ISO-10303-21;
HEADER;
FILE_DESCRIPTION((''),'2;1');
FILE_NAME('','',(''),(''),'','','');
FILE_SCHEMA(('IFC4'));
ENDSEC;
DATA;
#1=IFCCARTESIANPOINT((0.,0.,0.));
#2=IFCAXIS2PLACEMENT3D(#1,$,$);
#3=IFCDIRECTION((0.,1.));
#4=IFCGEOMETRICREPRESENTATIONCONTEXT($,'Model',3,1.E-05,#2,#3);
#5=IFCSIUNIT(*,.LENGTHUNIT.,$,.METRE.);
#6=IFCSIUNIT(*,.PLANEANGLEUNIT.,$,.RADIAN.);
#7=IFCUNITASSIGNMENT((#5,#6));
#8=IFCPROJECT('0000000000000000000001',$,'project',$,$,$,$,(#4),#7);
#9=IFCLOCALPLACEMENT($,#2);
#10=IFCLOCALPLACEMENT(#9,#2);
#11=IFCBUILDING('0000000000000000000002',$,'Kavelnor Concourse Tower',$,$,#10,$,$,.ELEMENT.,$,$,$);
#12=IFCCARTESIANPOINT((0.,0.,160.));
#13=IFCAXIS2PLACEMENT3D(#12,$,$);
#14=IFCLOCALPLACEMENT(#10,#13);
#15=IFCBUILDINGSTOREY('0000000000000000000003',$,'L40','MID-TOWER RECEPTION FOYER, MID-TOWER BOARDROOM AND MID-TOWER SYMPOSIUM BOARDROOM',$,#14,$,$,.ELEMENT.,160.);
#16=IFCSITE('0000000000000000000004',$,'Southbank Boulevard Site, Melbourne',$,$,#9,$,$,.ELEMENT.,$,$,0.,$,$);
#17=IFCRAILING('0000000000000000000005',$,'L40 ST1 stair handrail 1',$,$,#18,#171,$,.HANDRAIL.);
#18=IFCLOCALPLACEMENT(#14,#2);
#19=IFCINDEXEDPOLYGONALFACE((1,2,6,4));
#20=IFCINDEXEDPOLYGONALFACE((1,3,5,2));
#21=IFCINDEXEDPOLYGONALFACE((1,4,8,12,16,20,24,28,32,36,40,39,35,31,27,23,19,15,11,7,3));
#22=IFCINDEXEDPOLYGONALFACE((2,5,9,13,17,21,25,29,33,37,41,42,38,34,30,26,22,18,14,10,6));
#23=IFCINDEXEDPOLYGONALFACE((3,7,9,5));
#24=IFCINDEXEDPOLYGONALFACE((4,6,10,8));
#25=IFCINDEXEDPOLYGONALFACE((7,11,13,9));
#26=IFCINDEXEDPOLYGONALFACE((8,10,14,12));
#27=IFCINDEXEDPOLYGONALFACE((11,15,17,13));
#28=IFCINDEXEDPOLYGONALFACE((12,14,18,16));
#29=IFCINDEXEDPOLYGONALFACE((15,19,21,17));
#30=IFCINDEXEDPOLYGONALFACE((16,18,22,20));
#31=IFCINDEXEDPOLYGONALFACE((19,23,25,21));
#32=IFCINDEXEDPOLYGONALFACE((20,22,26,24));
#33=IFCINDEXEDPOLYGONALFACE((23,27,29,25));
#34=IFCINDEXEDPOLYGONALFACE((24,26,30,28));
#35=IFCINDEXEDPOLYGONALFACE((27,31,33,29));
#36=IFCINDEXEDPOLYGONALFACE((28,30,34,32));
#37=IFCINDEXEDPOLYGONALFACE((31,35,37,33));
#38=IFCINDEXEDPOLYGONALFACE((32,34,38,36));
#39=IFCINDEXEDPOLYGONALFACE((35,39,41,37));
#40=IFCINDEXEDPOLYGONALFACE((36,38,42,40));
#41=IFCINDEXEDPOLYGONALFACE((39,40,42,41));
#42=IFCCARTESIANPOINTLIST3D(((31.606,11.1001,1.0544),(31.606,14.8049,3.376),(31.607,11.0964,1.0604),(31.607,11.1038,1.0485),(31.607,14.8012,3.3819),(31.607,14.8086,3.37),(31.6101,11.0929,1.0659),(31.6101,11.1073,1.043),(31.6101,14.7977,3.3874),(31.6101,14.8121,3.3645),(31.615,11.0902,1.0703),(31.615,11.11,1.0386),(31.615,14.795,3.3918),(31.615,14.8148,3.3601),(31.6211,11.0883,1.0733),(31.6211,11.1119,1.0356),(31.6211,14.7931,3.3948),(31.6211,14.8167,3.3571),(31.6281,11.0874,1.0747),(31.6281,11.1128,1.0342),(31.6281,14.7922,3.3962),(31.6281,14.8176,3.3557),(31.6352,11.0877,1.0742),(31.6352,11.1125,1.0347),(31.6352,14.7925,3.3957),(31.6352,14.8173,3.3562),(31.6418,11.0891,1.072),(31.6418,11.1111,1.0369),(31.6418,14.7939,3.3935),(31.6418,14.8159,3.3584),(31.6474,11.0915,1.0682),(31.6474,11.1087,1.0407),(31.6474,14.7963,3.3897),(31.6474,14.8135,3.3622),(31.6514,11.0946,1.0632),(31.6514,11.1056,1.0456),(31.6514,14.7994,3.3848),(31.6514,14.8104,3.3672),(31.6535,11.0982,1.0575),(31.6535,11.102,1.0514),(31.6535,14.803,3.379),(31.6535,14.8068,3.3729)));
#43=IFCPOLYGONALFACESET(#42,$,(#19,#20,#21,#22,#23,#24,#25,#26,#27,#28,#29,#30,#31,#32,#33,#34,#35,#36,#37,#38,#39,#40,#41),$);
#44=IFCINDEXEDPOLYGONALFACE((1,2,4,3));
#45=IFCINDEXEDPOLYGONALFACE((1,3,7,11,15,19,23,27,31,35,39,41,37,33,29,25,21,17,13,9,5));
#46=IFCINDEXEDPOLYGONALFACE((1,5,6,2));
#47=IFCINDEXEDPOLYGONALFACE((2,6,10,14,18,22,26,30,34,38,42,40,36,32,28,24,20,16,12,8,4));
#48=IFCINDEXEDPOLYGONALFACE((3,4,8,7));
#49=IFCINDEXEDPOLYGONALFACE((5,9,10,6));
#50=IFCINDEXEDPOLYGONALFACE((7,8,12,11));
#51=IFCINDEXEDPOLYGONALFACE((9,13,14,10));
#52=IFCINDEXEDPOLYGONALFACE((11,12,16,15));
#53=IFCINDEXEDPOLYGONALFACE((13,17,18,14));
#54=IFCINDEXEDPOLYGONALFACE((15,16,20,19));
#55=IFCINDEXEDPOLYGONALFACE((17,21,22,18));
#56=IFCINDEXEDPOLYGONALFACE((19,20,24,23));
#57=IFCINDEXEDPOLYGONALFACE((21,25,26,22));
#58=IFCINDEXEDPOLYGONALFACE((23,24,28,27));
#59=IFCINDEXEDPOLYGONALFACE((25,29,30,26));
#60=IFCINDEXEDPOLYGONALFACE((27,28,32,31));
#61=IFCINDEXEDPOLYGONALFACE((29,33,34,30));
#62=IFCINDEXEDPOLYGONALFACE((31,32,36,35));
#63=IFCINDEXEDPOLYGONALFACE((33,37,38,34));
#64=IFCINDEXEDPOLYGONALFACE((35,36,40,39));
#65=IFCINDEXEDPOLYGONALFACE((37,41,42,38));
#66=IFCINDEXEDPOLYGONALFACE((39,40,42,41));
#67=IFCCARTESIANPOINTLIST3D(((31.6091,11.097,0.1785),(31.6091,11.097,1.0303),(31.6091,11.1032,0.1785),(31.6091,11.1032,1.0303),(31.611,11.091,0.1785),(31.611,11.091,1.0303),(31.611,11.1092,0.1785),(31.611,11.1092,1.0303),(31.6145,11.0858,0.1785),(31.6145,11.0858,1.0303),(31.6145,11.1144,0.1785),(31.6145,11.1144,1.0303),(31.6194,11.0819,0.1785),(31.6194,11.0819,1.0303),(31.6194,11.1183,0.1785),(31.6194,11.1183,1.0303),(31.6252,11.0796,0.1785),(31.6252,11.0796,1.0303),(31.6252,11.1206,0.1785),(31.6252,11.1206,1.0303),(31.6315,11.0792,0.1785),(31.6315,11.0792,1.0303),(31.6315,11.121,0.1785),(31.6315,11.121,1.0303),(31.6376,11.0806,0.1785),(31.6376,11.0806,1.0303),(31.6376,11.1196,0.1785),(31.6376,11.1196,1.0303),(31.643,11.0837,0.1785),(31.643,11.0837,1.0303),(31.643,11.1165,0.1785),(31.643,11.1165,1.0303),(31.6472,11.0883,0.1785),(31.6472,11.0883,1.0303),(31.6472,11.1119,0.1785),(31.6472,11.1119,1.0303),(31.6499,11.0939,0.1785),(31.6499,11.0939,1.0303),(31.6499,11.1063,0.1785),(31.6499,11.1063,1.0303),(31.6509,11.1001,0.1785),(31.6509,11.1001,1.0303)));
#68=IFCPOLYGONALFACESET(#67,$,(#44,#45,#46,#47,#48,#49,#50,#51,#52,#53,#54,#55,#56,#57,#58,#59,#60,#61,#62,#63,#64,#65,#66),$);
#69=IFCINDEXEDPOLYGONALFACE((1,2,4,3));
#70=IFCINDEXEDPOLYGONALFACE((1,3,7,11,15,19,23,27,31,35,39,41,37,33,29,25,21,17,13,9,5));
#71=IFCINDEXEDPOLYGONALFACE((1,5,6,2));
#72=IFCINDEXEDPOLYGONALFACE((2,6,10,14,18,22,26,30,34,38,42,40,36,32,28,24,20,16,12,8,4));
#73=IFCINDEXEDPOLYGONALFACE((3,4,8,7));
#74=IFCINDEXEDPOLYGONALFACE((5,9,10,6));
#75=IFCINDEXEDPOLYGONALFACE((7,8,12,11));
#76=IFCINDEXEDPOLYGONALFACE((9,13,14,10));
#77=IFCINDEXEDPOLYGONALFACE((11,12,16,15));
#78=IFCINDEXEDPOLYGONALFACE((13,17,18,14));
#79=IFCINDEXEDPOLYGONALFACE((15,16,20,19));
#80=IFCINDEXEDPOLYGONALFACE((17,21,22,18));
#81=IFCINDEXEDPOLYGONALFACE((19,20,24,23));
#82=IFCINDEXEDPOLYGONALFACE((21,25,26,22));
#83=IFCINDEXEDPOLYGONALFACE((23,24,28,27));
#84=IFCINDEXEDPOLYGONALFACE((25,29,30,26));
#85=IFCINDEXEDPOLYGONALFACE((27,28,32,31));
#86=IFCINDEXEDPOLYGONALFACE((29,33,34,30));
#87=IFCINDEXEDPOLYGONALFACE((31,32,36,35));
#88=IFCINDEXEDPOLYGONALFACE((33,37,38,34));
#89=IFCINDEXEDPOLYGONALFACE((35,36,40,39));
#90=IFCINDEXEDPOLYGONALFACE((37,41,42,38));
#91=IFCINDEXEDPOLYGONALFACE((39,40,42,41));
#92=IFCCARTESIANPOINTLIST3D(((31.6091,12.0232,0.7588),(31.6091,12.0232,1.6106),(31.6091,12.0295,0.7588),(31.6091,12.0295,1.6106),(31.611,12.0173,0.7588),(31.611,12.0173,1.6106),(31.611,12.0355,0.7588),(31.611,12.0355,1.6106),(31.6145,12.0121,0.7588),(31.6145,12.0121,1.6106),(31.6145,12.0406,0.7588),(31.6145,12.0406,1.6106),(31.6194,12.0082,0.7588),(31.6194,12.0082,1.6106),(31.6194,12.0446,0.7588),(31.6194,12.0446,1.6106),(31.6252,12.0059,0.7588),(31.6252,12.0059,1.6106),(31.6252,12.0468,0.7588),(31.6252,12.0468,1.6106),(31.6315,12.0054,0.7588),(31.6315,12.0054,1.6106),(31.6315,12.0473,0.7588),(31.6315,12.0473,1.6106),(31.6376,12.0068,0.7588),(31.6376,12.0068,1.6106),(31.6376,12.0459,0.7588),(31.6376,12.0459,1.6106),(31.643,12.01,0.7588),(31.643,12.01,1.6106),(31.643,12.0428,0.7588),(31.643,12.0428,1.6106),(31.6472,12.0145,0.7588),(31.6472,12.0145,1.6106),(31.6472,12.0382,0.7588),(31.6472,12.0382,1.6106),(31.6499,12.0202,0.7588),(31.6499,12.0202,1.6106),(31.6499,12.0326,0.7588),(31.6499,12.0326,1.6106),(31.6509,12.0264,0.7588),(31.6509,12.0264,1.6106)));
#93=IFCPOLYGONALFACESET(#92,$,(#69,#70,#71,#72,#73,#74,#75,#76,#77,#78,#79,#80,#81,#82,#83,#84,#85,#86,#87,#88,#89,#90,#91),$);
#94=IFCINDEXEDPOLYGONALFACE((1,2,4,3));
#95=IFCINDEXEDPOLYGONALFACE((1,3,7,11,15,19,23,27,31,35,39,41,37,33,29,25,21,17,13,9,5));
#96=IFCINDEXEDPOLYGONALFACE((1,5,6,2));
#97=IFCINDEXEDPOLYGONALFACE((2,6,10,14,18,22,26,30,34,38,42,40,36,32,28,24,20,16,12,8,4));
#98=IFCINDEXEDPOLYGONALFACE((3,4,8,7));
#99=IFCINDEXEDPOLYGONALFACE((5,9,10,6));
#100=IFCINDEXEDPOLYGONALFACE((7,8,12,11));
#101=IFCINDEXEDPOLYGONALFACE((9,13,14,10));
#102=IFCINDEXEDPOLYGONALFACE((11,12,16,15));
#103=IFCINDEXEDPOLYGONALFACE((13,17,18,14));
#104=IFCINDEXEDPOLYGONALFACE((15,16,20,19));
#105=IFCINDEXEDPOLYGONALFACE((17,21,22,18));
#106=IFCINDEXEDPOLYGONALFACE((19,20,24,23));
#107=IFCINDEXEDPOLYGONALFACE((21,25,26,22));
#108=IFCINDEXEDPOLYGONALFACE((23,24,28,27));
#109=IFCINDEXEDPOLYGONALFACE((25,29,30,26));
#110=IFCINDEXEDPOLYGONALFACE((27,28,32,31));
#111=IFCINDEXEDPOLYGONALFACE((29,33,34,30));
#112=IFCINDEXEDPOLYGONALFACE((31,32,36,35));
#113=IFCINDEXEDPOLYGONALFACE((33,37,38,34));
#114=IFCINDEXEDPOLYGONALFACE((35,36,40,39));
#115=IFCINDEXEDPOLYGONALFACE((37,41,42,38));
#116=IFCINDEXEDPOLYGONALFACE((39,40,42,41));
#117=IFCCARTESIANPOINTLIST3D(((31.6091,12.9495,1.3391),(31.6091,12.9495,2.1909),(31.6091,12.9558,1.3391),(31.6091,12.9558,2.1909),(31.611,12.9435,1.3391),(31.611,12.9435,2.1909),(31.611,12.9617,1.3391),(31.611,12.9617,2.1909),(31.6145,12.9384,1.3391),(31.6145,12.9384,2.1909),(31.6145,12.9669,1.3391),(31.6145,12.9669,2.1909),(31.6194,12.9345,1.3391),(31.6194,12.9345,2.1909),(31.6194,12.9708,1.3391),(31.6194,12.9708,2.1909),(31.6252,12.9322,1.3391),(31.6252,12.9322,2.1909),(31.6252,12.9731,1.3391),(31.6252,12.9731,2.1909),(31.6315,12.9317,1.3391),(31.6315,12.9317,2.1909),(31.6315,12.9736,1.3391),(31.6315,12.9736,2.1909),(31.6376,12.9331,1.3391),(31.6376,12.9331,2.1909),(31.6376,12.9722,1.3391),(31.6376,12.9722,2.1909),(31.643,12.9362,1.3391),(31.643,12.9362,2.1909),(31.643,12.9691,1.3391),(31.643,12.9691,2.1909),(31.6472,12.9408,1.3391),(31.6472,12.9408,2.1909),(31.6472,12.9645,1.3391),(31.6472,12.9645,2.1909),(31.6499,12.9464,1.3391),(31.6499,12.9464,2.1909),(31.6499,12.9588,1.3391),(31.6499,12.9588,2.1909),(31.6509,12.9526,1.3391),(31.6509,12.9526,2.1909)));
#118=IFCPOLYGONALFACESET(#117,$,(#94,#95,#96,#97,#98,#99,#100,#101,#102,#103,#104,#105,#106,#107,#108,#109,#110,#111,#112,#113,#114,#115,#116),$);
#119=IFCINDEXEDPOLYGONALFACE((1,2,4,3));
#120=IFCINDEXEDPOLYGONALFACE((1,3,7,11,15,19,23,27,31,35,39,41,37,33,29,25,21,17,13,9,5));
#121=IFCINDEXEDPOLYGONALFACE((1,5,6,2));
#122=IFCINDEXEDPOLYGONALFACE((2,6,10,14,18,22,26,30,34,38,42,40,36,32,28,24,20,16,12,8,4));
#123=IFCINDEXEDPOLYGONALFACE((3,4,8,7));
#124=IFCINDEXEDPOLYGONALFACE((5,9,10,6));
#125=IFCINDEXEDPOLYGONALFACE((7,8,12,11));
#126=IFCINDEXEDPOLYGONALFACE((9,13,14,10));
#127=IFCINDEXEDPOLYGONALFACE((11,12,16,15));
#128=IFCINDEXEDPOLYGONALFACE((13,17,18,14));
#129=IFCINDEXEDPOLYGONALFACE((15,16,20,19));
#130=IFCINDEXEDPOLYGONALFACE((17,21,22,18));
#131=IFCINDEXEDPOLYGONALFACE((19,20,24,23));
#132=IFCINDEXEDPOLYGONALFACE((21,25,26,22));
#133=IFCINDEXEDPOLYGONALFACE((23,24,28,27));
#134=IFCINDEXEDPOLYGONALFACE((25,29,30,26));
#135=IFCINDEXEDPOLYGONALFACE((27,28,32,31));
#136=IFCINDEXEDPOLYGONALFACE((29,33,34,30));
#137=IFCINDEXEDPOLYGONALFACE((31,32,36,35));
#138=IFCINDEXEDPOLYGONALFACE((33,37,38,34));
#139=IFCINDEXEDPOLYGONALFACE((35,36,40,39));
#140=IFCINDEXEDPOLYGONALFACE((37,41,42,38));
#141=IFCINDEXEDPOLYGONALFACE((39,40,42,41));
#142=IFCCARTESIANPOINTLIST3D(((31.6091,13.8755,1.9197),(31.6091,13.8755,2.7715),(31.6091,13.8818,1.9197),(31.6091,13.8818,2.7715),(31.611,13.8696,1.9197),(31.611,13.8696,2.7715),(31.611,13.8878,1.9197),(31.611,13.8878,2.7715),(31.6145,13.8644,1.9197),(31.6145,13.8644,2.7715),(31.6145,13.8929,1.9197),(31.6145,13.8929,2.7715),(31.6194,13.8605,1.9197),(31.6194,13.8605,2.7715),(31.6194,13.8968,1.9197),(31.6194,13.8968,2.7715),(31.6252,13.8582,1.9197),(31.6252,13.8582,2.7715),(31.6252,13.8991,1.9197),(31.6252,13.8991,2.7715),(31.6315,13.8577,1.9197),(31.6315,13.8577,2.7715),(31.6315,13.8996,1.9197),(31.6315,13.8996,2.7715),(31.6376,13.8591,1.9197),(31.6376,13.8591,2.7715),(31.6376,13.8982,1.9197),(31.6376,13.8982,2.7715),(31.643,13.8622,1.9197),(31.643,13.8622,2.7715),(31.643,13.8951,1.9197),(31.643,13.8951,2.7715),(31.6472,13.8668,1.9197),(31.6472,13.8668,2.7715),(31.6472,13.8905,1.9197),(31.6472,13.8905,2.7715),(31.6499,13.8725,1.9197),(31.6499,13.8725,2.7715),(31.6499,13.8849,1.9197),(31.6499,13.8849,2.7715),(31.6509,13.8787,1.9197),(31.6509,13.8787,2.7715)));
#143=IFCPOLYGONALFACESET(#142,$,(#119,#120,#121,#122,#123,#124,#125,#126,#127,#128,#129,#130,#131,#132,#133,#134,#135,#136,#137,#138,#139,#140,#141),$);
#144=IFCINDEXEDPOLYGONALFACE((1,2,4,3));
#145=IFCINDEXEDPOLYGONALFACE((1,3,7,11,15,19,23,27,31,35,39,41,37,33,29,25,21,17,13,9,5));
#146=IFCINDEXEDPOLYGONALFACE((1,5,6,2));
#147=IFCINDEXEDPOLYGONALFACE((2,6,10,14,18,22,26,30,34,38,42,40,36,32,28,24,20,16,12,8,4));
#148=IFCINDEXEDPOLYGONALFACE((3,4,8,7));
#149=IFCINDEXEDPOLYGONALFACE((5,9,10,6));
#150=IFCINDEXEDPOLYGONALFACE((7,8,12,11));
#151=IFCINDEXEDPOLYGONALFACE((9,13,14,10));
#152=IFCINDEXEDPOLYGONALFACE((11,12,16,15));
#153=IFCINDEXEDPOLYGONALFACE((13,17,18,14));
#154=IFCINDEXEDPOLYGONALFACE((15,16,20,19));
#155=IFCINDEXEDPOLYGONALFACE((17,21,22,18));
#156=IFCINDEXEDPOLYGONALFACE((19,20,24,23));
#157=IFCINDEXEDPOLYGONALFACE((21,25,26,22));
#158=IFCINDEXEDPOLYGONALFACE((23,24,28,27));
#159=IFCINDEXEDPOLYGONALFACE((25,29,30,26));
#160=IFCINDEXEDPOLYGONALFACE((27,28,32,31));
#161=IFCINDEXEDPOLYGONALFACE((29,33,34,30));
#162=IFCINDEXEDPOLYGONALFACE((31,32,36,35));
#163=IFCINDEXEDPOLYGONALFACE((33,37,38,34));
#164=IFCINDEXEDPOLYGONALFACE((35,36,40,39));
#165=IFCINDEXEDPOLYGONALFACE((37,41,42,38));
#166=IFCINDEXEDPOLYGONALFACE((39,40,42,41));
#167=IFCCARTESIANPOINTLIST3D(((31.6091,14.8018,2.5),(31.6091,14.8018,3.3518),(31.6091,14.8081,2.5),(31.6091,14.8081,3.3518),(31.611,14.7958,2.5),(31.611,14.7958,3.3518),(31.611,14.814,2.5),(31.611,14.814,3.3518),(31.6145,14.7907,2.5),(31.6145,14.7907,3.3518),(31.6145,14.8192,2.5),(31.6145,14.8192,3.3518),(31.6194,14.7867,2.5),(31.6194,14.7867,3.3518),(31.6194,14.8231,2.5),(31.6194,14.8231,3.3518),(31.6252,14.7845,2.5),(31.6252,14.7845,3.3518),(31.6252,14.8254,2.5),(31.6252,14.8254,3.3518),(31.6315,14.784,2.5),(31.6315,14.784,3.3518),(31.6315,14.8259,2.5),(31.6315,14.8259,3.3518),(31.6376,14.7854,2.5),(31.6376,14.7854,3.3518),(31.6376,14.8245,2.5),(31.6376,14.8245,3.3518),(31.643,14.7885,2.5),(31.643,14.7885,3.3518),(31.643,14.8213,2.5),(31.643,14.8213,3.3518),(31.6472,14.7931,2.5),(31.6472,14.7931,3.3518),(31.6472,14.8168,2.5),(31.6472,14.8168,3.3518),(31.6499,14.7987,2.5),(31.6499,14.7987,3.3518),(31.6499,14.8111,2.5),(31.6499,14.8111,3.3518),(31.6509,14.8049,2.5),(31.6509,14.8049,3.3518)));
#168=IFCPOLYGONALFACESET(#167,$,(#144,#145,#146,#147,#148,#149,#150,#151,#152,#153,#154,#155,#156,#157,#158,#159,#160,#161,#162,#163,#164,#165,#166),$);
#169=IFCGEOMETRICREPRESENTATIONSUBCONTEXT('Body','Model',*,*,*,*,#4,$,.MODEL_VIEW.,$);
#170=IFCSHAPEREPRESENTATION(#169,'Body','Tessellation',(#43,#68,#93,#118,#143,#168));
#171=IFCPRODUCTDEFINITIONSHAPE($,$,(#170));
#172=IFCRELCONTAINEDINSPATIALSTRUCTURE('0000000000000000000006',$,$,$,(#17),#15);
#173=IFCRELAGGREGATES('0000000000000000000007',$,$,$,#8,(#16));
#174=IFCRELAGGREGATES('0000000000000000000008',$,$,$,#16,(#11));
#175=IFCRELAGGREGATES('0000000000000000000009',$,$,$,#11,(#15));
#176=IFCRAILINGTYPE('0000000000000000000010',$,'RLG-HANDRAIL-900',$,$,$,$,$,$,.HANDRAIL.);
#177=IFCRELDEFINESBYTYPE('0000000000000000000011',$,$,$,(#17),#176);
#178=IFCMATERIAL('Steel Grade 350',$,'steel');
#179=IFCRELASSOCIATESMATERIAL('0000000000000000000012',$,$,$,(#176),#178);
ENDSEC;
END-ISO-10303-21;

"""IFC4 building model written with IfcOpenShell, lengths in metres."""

from ifc_helpers import new_model, si_unit, direction, frame, origin, origin_2d, place, context, subcontext, project, spatial, circle, extrude, material, type_object, element, save


model = new_model("IFC4")

# Units and contexts
model_context = context("Model", 3, precision=1e-05, world=origin(), true_north=direction((0.0, 1.0)))
body_context = subcontext(model_context, "Body", "Model", "MODEL_VIEW")
ifc_project = project(units=[si_unit("LENGTHUNIT", "METRE"), si_unit("PLANEANGLEUNIT", "RADIAN")], contexts=[model_context])

# Site, building, storey
site_placement = place(None, origin())
site = spatial("IfcSite", under=ifc_project, at=site_placement, Name="Southbank Boulevard Site, Melbourne", CompositionType="ELEMENT", RefElevation=0.0)
building_placement = place(site_placement, origin())
building = spatial("IfcBuilding", under=site, at=building_placement, Name="Kavelnor Concourse Tower", CompositionType="ELEMENT")
storey_placement = place(building_placement, frame((0.0, 0.0, 160.0)))
storey = spatial("IfcBuildingStorey", under=building, at=storey_placement, Name="L40", Description="MID-TOWER RECEPTION FOYER, MID-TOWER BOARDROOM AND MID-TOWER SYMPOSIUM BOARDROOM", CompositionType="ELEMENT", Elevation=160.0)

# Shared definitions
ifc_material_1 = material(Name="Steel Grade 350", Category="steel")

# Railing
railing_type_1 = type_object("IfcRailingType", Name="RLG-HANDRAIL-900", PredefinedType="HANDRAIL", material=ifc_material_1)
railing_1_placement = place(storey_placement, frame((31.6299, 11.1001, 0.1785)))
element("IfcRailing", 1, at=railing_1_placement, inside=storey, type_object=railing_type_1, Name="L40 ST1 stair handrail 1", PredefinedType="HANDRAIL", context=body_context, shape_type="SweptSolid", body=[
    extrude(circle(Radius=0.0239, at=origin_2d()), frame((0.0, 0.0, 0.876), z_axis=(0.0, 0.84738, 0.530987), x_axis=(-1.0, 0.0, 0.0)), (0.0, 0.0, 1.0), 4.3721),
    extrude(circle(Radius=0.021, at=origin_2d()), origin(), (0.0, 0.0, 1.0), 0.8518),
    extrude(circle(Radius=0.021, at=origin_2d()), frame((0.0, 0.9263, 0.5803)), (0.0, 0.0, 1.0), 0.8518),
    extrude(circle(Radius=0.021, at=origin_2d()), frame((0.0, 1.8525, 1.1606)), (0.0, 0.0, 1.0), 0.8518),
    extrude(circle(Radius=0.021, at=origin_2d()), frame((0.0, 2.7786, 1.7412)), (0.0, 0.0, 1.0), 0.8518),
    extrude(circle(Radius=0.021, at=origin_2d()), frame((0.0, 3.7048, 2.3215)), (0.0, 0.0, 1.0), 0.8518),
])

save(model, "model.ifc")
